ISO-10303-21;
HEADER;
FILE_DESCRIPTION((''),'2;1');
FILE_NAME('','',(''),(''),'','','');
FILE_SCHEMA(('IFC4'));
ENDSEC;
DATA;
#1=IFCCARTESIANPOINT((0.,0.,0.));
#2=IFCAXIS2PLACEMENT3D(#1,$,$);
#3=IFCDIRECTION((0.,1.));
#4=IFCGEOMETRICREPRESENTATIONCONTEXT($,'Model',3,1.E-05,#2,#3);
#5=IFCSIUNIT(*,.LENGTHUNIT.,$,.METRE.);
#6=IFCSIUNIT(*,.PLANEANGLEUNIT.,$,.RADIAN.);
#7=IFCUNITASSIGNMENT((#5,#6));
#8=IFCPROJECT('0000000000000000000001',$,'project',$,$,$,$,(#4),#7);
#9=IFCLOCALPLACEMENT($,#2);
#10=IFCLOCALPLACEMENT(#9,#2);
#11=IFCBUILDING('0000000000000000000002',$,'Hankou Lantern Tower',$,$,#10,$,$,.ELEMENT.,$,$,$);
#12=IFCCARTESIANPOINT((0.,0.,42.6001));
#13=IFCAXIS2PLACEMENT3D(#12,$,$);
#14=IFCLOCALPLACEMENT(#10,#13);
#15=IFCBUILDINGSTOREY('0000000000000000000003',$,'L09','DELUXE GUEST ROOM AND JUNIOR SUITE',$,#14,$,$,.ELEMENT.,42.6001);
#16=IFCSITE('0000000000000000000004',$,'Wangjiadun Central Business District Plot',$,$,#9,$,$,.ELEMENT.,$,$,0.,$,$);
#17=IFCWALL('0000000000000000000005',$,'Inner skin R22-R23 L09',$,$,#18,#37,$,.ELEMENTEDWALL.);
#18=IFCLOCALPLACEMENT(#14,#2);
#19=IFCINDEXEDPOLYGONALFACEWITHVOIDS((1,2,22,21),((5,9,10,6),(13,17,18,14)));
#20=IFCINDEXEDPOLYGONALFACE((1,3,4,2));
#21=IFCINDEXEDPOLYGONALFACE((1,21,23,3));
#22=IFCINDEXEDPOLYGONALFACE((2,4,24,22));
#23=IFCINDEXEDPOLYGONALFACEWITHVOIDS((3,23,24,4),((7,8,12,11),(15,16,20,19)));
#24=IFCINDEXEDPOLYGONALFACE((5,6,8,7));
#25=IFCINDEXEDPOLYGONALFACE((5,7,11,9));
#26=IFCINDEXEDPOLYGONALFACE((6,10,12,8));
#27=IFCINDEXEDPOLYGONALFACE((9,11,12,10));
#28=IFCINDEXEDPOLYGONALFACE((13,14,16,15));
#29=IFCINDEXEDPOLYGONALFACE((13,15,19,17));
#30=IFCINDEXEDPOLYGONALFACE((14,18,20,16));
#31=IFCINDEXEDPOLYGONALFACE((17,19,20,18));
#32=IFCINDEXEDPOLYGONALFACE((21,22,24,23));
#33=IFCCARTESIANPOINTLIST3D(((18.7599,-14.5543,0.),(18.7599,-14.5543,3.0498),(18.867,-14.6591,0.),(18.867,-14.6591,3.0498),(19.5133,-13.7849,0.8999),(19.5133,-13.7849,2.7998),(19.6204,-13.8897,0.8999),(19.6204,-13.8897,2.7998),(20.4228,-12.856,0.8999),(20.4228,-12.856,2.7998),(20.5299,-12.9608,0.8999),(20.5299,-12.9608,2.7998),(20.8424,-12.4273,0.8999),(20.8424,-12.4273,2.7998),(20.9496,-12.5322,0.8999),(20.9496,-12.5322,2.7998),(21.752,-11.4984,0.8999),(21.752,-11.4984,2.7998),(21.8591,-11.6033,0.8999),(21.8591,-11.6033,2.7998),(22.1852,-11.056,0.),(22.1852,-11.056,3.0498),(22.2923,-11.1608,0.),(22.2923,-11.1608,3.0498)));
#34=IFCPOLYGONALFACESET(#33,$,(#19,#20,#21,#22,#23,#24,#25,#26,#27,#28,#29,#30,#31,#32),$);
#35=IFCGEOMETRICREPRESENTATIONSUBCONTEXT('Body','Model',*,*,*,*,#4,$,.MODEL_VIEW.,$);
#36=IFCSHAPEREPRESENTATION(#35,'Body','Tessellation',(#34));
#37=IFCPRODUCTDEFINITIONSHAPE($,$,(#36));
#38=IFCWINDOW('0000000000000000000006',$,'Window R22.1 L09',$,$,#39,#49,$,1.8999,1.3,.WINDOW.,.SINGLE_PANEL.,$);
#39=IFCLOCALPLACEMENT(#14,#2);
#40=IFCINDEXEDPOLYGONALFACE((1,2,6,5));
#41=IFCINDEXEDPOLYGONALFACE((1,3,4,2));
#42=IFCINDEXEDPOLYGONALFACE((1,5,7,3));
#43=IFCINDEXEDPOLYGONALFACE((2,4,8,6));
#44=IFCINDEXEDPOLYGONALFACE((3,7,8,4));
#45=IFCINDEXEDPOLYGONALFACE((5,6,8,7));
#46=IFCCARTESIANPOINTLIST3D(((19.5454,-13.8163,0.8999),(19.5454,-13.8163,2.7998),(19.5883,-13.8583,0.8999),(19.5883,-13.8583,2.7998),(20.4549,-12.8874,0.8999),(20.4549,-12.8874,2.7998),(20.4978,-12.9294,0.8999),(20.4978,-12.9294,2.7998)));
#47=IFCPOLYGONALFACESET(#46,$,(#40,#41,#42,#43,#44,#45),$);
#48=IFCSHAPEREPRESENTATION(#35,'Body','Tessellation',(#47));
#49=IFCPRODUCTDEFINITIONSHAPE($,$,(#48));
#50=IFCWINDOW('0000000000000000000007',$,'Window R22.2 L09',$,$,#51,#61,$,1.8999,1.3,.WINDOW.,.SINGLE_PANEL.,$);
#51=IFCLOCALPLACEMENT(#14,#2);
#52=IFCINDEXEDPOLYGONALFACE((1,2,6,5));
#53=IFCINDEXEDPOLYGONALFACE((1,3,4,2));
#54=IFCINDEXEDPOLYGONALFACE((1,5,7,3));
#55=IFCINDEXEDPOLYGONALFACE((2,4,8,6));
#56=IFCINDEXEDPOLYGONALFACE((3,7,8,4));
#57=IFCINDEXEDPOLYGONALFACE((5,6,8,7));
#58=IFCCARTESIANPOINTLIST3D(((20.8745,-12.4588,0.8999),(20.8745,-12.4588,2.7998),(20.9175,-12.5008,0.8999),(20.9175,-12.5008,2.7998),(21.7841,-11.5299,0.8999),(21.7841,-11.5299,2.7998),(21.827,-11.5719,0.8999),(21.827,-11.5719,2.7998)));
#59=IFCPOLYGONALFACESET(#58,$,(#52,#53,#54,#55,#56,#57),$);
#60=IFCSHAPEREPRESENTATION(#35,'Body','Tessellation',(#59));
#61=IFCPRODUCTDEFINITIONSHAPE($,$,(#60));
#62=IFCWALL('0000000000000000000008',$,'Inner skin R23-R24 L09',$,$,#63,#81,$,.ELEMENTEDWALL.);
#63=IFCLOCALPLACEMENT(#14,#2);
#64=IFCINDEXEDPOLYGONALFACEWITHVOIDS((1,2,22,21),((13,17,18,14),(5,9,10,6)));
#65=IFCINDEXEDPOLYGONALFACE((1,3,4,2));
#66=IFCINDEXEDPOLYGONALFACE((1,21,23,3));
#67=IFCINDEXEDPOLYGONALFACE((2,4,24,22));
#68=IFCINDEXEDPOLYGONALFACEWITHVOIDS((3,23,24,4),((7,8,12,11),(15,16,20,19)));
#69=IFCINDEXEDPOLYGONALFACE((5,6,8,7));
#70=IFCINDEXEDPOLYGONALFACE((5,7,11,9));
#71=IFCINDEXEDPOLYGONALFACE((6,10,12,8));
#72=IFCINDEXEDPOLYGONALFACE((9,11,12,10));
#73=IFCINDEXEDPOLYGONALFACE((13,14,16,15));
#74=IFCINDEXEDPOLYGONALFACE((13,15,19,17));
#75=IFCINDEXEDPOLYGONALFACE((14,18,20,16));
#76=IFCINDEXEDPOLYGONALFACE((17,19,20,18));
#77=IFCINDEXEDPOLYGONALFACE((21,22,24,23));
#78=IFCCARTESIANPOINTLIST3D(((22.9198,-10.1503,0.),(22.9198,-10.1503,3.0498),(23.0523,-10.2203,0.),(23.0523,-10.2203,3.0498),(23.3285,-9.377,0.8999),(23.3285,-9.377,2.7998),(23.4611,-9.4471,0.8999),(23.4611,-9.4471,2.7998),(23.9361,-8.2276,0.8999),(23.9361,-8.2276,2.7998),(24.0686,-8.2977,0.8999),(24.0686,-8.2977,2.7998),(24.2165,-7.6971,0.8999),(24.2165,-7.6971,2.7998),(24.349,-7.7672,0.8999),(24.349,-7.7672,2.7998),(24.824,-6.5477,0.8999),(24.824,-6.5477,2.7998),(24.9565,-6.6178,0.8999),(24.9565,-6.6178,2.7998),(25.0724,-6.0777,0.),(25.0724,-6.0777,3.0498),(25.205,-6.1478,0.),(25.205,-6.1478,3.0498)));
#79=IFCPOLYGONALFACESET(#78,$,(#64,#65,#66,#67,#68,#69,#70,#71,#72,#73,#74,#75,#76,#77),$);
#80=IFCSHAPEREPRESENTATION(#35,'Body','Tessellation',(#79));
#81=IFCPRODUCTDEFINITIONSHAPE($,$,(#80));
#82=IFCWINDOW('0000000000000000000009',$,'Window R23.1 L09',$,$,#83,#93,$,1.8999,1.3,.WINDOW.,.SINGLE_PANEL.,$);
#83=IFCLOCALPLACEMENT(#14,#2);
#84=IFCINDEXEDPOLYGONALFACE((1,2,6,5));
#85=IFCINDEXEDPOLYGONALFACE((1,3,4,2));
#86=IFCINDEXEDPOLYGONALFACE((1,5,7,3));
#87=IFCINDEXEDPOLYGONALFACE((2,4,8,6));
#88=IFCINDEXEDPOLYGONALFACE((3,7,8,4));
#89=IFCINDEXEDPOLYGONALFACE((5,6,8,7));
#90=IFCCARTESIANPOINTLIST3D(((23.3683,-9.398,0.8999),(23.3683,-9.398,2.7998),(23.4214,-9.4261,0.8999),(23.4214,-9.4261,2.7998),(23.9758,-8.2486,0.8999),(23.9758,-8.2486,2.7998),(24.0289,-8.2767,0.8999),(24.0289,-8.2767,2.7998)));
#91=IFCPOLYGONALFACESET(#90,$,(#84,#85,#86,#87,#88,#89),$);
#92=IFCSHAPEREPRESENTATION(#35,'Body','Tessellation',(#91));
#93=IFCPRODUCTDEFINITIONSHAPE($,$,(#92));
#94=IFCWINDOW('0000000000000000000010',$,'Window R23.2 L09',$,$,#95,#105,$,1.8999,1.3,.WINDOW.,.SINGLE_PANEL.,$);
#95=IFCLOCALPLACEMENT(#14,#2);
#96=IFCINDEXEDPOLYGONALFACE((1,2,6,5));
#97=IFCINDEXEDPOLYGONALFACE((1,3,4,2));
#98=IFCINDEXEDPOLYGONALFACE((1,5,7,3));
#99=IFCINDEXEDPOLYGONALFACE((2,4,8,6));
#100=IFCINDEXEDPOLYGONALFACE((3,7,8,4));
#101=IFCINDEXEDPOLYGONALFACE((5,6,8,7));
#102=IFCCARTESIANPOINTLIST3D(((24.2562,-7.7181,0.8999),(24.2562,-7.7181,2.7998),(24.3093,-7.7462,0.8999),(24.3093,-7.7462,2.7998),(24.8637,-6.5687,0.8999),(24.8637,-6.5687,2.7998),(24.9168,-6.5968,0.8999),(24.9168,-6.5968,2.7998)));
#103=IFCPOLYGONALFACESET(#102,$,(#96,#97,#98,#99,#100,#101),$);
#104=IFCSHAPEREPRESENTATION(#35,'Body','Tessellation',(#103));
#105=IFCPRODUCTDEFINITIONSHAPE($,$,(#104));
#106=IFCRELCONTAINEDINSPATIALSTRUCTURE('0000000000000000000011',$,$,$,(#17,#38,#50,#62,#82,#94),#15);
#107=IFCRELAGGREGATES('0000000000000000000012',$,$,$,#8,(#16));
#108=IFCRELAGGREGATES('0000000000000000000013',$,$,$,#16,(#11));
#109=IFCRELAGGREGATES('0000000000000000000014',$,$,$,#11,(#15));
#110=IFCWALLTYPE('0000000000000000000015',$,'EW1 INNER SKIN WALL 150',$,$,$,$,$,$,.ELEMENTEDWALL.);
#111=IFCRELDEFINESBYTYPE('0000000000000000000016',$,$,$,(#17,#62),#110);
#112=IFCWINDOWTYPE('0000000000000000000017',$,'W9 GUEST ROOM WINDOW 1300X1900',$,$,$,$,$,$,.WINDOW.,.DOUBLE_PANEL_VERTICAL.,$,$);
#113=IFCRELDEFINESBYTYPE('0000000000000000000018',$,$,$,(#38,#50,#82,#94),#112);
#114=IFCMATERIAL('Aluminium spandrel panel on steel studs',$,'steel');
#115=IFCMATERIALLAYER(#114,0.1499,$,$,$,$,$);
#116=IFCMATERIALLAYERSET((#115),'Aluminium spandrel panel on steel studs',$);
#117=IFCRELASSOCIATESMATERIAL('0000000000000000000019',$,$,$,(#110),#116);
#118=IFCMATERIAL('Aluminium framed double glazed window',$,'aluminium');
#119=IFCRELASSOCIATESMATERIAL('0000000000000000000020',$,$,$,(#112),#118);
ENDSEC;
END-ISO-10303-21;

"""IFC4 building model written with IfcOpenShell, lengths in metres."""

from ifc_helpers import new_model, si_unit, direction, frame, frame_2d, origin, place, context, subcontext, project, spatial, rectangle, extrude, material, layer, layer_set, type_object, element, fill, save


model = new_model("IFC4")

# Units and contexts
model_context = context("Model", 3, precision=1e-05, world=origin(), true_north=direction((0.0, 1.0)))
body_context = subcontext(model_context, "Body", "Model", "MODEL_VIEW")
ifc_project = project(units=[si_unit("LENGTHUNIT", "METRE"), si_unit("PLANEANGLEUNIT", "RADIAN")], contexts=[model_context])

# Site, building, storey
site_placement = place(None, origin())
site = spatial("IfcSite", under=ifc_project, at=site_placement, Name="Wangjiadun Central Business District Plot", CompositionType="ELEMENT", RefElevation=0.0)
building_placement = place(site_placement, origin())
building = spatial("IfcBuilding", under=site, at=building_placement, Name="Hankou Lantern Tower", CompositionType="ELEMENT")
storey_placement = place(building_placement, frame((0.0, 0.0, 42.6001)))
storey = spatial("IfcBuildingStorey", under=building, at=storey_placement, Name="L09", Description="DELUXE GUEST ROOM AND JUNIOR SUITE", CompositionType="ELEMENT", Elevation=42.6001)

# Walls, openings, windows
ifc_material_1 = material(Name="Aluminium spandrel panel on steel studs", Category="steel")
ifc_layer_1 = layer(ifc_material_1, 0.1499)
ifc_layer_set_1 = layer_set([ifc_layer_1], Name="Aluminium spandrel panel on steel studs")
wall_type = type_object("IfcWallType", Name="EW1 INNER SKIN WALL 150", PredefinedType="ELEMENTEDWALL", material=ifc_layer_set_1)
wall_1_placement = place(storey_placement, frame((18.8135, -14.6067, 0.0), z_axis=(0.0, 0.0, 1.0), x_axis=(0.699613, 0.714522, 0.0)))
wall_1 = element("IfcWall", 1, at=wall_1_placement, inside=storey, type_object=wall_type, Name="Inner skin R22-R23 L09", PredefinedType="ELEMENTEDWALL", context=body_context, shape_type="SweptSolid", body=[
    extrude(rectangle(XDim=4.896, YDim=0.1499, at=frame_2d((2.448, 0.0))), origin(), (0.0, 0.0, 1.0), 3.0498),
])
opening_1_placement = place(wall_1_placement, frame((1.0769, 0.0, 0.8999)))
opening_1 = element("IfcOpeningElement", 2, at=opening_1_placement, cuts=wall_1, PredefinedType="OPENING", context=body_context, shape_type="SweptSolid", body=[
    extrude(rectangle(XDim=1.3, YDim=1.8999, at=frame_2d((0.6499, 0.95))), frame((0.0, 0.085, 0.0), z_axis=(0.0, -1.0, 0.0), x_axis=(1.0, 0.0, 0.0)), (0.0, 0.0, 1.0), 0.1699),
])
opening_2_placement = place(wall_1_placement, frame((2.9768, 0.0, 0.8999)))
opening_2 = element("IfcOpeningElement", 3, at=opening_2_placement, cuts=wall_1, PredefinedType="OPENING", context=body_context, shape_type="SweptSolid", body=[
    extrude(rectangle(XDim=1.3, YDim=1.8999, at=frame_2d((0.6499, 0.95))), frame((0.0, 0.085, 0.0), z_axis=(0.0, -1.0, 0.0), x_axis=(1.0, 0.0, 0.0)), (0.0, 0.0, 1.0), 0.1699),
])
ifc_material_2 = material(Name="Aluminium framed double glazed window", Category="aluminium")
window_type = type_object("IfcWindowType", Name="W9 GUEST ROOM WINDOW 1300X1900", PartitioningType="DOUBLE_PANEL_VERTICAL", PredefinedType="WINDOW", material=ifc_material_2)
window_1_placement = place(opening_1_placement, origin())
window_1 = element("IfcWindow", 4, at=window_1_placement, inside=storey, type_object=window_type, Name="Window R22.1 L09", OverallHeight=1.8999, OverallWidth=1.3, PartitioningType="SINGLE_PANEL", PredefinedType="WINDOW", context=body_context, shape_type="SweptSolid", body=[
    extrude(rectangle(XDim=1.3, YDim=1.8999, at=frame_2d((0.6499, 0.95))), frame((0.0, 0.03, 0.0), z_axis=(0.0, -1.0, 0.0), x_axis=(1.0, 0.0, 0.0)), (0.0, 0.0, 1.0), 0.0601),
])
fill(opening_1, window_1)
window_2_placement = place(opening_2_placement, origin())
window_2 = element("IfcWindow", 5, at=window_2_placement, inside=storey, type_object=window_type, Name="Window R22.2 L09", OverallHeight=1.8999, OverallWidth=1.3, PartitioningType="SINGLE_PANEL", PredefinedType="WINDOW", context=body_context, shape_type="SweptSolid", body=[
    extrude(rectangle(XDim=1.3, YDim=1.8999, at=frame_2d((0.6499, 0.95))), frame((0.0, 0.03, 0.0), z_axis=(0.0, -1.0, 0.0), x_axis=(1.0, 0.0, 0.0)), (0.0, 0.0, 1.0), 0.0601),
])
fill(opening_2, window_2)
wall_2_placement = place(storey_placement, frame((22.9861, -10.1853, 0.0), z_axis=(0.0, 0.0, 1.0), x_axis=(0.467303, 0.884097, 0.0)))
wall_2 = element("IfcWall", 6, at=wall_2_placement, inside=storey, type_object=wall_type, Name="Inner skin R23-R24 L09", PredefinedType="ELEMENTEDWALL", context=body_context, shape_type="SweptSolid", body=[
    extrude(rectangle(XDim=4.6064, YDim=0.1499, at=frame_2d((2.3032, 0.0))), origin(), (0.0, 0.0, 1.0), 3.0498),
])
opening_3_placement = place(wall_2_placement, frame((0.8748, 0.0, 0.8999)))
opening_3 = element("IfcOpeningElement", 7, at=opening_3_placement, cuts=wall_2, PredefinedType="OPENING", context=body_context, shape_type="SweptSolid", body=[
    extrude(rectangle(XDim=1.3, YDim=1.8999, at=frame_2d((0.6499, 0.95))), frame((0.0, 0.085, 0.0), z_axis=(0.0, -1.0, 0.0), x_axis=(1.0, 0.0, 0.0)), (0.0, 0.0, 1.0), 0.1699),
])
opening_4_placement = place(wall_2_placement, frame((2.7749, 0.0, 0.8999)))
opening_4 = element("IfcOpeningElement", 8, at=opening_4_placement, cuts=wall_2, PredefinedType="OPENING", context=body_context, shape_type="SweptSolid", body=[
    extrude(rectangle(XDim=1.3, YDim=1.8999, at=frame_2d((0.6499, 0.95))), frame((0.0, 0.085, 0.0), z_axis=(0.0, -1.0, 0.0), x_axis=(1.0, 0.0, 0.0)), (0.0, 0.0, 1.0), 0.1699),
])
window_3_placement = place(opening_3_placement, origin())
window_3 = element("IfcWindow", 9, at=window_3_placement, inside=storey, type_object=window_type, Name="Window R23.1 L09", OverallHeight=1.8999, OverallWidth=1.3, PartitioningType="SINGLE_PANEL", PredefinedType="WINDOW", context=body_context, shape_type="SweptSolid", body=[
    extrude(rectangle(XDim=1.3, YDim=1.8999, at=frame_2d((0.6499, 0.95))), frame((0.0, 0.03, 0.0), z_axis=(0.0, -1.0, 0.0), x_axis=(1.0, 0.0, 0.0)), (0.0, 0.0, 1.0), 0.0601),
])
fill(opening_3, window_3)
window_4_placement = place(opening_4_placement, origin())
window_4 = element("IfcWindow", 10, at=window_4_placement, inside=storey, type_object=window_type, Name="Window R23.2 L09", OverallHeight=1.8999, OverallWidth=1.3, PartitioningType="SINGLE_PANEL", PredefinedType="WINDOW", context=body_context, shape_type="SweptSolid", body=[
    extrude(rectangle(XDim=1.3, YDim=1.8999, at=frame_2d((0.6499, 0.95))), frame((0.0, 0.03, 0.0), z_axis=(0.0, -1.0, 0.0), x_axis=(1.0, 0.0, 0.0)), (0.0, 0.0, 1.0), 0.0601),
])
fill(opening_4, window_4)

save(model, "model.ifc")
